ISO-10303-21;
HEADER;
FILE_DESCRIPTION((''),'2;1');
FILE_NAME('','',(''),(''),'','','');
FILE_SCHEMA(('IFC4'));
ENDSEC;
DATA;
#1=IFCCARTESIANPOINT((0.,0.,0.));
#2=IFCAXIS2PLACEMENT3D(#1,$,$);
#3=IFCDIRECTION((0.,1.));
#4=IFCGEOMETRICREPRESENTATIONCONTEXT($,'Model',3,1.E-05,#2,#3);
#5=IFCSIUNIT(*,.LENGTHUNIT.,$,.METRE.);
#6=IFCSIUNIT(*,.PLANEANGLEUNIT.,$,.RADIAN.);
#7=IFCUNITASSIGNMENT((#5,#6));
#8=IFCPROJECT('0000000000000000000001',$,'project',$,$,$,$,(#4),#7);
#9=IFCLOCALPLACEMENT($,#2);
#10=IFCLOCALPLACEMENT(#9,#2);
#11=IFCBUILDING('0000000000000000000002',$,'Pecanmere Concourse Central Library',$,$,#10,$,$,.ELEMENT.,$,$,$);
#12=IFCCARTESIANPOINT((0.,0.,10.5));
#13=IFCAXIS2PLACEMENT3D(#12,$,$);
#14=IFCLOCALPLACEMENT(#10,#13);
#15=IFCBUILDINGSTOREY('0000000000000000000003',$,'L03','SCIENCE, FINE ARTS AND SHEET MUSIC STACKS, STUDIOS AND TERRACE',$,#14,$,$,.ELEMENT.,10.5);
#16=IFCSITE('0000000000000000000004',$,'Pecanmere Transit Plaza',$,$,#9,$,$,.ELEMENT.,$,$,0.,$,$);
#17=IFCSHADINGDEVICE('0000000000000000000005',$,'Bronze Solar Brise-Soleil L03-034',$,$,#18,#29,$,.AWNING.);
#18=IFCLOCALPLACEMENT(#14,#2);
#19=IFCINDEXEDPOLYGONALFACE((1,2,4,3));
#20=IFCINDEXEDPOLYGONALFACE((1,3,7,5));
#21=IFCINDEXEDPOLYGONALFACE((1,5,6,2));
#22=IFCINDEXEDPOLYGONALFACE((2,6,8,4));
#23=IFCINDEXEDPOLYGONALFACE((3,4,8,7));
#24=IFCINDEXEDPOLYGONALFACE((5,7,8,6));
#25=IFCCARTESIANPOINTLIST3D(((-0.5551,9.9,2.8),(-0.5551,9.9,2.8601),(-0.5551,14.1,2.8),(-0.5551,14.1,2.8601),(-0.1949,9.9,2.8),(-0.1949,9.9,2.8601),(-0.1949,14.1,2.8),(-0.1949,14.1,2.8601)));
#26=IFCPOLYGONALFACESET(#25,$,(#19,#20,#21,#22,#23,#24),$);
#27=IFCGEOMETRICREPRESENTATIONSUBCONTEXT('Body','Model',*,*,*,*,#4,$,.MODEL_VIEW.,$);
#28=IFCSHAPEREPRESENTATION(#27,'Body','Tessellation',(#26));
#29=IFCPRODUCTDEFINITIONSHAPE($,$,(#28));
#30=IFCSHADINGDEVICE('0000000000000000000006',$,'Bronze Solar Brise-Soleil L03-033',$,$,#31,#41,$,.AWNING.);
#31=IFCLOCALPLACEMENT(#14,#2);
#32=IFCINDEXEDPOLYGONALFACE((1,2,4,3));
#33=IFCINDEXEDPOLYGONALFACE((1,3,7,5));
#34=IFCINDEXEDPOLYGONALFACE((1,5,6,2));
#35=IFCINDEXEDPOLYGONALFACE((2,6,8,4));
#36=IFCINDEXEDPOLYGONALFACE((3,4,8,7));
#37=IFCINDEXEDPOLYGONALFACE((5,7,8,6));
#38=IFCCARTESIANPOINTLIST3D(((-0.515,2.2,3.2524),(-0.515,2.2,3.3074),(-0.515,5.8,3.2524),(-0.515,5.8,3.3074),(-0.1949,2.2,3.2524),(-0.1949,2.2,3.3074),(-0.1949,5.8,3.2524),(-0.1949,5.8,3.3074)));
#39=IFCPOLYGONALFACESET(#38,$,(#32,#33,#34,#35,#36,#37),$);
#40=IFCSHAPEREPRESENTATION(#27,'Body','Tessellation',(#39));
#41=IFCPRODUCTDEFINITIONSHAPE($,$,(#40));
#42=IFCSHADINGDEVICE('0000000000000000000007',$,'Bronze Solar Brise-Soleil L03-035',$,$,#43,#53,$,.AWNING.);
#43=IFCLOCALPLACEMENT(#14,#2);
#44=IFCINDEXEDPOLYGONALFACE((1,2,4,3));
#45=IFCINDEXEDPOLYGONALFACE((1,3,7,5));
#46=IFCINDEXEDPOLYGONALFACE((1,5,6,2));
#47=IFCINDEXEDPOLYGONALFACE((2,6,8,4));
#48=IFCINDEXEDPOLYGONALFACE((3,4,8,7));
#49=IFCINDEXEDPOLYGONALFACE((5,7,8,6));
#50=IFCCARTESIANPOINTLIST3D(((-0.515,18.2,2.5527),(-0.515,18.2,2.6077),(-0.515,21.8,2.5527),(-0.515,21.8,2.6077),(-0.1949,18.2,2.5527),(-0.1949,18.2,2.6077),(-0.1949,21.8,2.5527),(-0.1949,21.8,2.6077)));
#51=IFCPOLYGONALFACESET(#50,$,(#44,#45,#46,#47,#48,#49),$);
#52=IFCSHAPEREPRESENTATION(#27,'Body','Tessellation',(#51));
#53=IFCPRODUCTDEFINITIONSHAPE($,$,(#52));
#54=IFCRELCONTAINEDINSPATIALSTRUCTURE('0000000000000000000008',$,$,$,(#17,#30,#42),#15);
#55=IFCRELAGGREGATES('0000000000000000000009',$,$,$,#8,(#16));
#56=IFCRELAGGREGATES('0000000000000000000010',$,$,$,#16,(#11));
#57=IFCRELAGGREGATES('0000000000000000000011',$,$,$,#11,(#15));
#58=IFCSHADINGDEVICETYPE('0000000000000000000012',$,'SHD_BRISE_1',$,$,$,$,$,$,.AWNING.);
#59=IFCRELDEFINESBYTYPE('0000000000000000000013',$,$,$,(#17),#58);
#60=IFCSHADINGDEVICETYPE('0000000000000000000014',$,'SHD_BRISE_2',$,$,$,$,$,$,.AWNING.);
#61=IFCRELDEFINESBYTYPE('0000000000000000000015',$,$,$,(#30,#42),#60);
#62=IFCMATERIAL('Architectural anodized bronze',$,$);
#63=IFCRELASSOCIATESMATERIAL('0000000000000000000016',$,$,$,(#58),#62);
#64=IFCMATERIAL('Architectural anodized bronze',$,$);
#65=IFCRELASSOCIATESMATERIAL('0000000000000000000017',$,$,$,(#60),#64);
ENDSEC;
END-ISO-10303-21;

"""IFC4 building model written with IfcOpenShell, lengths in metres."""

from ifc_helpers import new_model, si_unit, direction, frame, origin, origin_2d, place, context, subcontext, project, spatial, rectangle, extrude, material, type_object, element, save


model = new_model("IFC4")

# Units and contexts
model_context = context("Model", 3, precision=1e-05, world=origin(), true_north=direction((0.0, 1.0)))
body_context = subcontext(model_context, "Body", "Model", "MODEL_VIEW")
ifc_project = project(units=[si_unit("LENGTHUNIT", "METRE"), si_unit("PLANEANGLEUNIT", "RADIAN")], contexts=[model_context])

# Site, building, storey
site_placement = place(None, origin())
site = spatial("IfcSite", under=ifc_project, at=site_placement, Name="Pecanmere Transit Plaza", CompositionType="ELEMENT", RefElevation=0.0)
building_placement = place(site_placement, origin())
building = spatial("IfcBuilding", under=site, at=building_placement, Name="Pecanmere Concourse Central Library", CompositionType="ELEMENT")
storey_placement = place(building_placement, frame((0.0, 0.0, 10.5)))
storey = spatial("IfcBuildingStorey", under=building, at=storey_placement, Name="L03", Description="SCIENCE, FINE ARTS AND SHEET MUSIC STACKS, STUDIOS AND TERRACE", CompositionType="ELEMENT", Elevation=10.5)

# Shading devices
ifc_material_1 = material(Name="Architectural anodized bronze")
shading_device_type_1 = type_object("IfcShadingDeviceType", Name="SHD_BRISE_1", PredefinedType="AWNING", material=ifc_material_1)
shading_device_placement = place(storey_placement, frame((-0.375, 12.0, 2.8), z_axis=(0.0, 0.0, 1.0), x_axis=(0.0, -1.0, 0.0)))
element("IfcShadingDevice", 1, at=shading_device_placement, inside=storey, type_object=shading_device_type_1, Name="Bronze Solar Brise-Soleil L03-034", PredefinedType="AWNING", context=body_context, shape_type="SweptSolid", body=[
    extrude(rectangle(XDim=4.2, YDim=0.3601, at=origin_2d()), origin(), (0.0, 0.0, 1.0), 0.0601),
])
ifc_material_2 = material(Name="Architectural anodized bronze")
shading_device_type_2 = type_object("IfcShadingDeviceType", Name="SHD_BRISE_2", PredefinedType="AWNING", material=ifc_material_2)
for number, where, z_axis, x_axis, name in (
    (2, (-0.355, 4.0, 3.2524), (0.0, 0.0, 1.0), (0.0, -1.0, 0.0), "Bronze Solar Brise-Soleil L03-033"),
    (3, (-0.355, 20.0, 2.5527), (0.0, 0.0, 1.0), (0.0, -1.0, 0.0), "Bronze Solar Brise-Soleil L03-035"),
):
    element("IfcShadingDevice", number, at=place(storey_placement, frame(where, z_axis=z_axis, x_axis=x_axis)), inside=storey, type_object=shading_device_type_2, Name=name, PredefinedType="AWNING", context=body_context, shape_type="SweptSolid", body=[
        extrude(rectangle(XDim=3.6001, YDim=0.3201, at=origin_2d()), origin(), (0.0, 0.0, 1.0), 0.0549),
    ])

save(model, "model.ifc")
